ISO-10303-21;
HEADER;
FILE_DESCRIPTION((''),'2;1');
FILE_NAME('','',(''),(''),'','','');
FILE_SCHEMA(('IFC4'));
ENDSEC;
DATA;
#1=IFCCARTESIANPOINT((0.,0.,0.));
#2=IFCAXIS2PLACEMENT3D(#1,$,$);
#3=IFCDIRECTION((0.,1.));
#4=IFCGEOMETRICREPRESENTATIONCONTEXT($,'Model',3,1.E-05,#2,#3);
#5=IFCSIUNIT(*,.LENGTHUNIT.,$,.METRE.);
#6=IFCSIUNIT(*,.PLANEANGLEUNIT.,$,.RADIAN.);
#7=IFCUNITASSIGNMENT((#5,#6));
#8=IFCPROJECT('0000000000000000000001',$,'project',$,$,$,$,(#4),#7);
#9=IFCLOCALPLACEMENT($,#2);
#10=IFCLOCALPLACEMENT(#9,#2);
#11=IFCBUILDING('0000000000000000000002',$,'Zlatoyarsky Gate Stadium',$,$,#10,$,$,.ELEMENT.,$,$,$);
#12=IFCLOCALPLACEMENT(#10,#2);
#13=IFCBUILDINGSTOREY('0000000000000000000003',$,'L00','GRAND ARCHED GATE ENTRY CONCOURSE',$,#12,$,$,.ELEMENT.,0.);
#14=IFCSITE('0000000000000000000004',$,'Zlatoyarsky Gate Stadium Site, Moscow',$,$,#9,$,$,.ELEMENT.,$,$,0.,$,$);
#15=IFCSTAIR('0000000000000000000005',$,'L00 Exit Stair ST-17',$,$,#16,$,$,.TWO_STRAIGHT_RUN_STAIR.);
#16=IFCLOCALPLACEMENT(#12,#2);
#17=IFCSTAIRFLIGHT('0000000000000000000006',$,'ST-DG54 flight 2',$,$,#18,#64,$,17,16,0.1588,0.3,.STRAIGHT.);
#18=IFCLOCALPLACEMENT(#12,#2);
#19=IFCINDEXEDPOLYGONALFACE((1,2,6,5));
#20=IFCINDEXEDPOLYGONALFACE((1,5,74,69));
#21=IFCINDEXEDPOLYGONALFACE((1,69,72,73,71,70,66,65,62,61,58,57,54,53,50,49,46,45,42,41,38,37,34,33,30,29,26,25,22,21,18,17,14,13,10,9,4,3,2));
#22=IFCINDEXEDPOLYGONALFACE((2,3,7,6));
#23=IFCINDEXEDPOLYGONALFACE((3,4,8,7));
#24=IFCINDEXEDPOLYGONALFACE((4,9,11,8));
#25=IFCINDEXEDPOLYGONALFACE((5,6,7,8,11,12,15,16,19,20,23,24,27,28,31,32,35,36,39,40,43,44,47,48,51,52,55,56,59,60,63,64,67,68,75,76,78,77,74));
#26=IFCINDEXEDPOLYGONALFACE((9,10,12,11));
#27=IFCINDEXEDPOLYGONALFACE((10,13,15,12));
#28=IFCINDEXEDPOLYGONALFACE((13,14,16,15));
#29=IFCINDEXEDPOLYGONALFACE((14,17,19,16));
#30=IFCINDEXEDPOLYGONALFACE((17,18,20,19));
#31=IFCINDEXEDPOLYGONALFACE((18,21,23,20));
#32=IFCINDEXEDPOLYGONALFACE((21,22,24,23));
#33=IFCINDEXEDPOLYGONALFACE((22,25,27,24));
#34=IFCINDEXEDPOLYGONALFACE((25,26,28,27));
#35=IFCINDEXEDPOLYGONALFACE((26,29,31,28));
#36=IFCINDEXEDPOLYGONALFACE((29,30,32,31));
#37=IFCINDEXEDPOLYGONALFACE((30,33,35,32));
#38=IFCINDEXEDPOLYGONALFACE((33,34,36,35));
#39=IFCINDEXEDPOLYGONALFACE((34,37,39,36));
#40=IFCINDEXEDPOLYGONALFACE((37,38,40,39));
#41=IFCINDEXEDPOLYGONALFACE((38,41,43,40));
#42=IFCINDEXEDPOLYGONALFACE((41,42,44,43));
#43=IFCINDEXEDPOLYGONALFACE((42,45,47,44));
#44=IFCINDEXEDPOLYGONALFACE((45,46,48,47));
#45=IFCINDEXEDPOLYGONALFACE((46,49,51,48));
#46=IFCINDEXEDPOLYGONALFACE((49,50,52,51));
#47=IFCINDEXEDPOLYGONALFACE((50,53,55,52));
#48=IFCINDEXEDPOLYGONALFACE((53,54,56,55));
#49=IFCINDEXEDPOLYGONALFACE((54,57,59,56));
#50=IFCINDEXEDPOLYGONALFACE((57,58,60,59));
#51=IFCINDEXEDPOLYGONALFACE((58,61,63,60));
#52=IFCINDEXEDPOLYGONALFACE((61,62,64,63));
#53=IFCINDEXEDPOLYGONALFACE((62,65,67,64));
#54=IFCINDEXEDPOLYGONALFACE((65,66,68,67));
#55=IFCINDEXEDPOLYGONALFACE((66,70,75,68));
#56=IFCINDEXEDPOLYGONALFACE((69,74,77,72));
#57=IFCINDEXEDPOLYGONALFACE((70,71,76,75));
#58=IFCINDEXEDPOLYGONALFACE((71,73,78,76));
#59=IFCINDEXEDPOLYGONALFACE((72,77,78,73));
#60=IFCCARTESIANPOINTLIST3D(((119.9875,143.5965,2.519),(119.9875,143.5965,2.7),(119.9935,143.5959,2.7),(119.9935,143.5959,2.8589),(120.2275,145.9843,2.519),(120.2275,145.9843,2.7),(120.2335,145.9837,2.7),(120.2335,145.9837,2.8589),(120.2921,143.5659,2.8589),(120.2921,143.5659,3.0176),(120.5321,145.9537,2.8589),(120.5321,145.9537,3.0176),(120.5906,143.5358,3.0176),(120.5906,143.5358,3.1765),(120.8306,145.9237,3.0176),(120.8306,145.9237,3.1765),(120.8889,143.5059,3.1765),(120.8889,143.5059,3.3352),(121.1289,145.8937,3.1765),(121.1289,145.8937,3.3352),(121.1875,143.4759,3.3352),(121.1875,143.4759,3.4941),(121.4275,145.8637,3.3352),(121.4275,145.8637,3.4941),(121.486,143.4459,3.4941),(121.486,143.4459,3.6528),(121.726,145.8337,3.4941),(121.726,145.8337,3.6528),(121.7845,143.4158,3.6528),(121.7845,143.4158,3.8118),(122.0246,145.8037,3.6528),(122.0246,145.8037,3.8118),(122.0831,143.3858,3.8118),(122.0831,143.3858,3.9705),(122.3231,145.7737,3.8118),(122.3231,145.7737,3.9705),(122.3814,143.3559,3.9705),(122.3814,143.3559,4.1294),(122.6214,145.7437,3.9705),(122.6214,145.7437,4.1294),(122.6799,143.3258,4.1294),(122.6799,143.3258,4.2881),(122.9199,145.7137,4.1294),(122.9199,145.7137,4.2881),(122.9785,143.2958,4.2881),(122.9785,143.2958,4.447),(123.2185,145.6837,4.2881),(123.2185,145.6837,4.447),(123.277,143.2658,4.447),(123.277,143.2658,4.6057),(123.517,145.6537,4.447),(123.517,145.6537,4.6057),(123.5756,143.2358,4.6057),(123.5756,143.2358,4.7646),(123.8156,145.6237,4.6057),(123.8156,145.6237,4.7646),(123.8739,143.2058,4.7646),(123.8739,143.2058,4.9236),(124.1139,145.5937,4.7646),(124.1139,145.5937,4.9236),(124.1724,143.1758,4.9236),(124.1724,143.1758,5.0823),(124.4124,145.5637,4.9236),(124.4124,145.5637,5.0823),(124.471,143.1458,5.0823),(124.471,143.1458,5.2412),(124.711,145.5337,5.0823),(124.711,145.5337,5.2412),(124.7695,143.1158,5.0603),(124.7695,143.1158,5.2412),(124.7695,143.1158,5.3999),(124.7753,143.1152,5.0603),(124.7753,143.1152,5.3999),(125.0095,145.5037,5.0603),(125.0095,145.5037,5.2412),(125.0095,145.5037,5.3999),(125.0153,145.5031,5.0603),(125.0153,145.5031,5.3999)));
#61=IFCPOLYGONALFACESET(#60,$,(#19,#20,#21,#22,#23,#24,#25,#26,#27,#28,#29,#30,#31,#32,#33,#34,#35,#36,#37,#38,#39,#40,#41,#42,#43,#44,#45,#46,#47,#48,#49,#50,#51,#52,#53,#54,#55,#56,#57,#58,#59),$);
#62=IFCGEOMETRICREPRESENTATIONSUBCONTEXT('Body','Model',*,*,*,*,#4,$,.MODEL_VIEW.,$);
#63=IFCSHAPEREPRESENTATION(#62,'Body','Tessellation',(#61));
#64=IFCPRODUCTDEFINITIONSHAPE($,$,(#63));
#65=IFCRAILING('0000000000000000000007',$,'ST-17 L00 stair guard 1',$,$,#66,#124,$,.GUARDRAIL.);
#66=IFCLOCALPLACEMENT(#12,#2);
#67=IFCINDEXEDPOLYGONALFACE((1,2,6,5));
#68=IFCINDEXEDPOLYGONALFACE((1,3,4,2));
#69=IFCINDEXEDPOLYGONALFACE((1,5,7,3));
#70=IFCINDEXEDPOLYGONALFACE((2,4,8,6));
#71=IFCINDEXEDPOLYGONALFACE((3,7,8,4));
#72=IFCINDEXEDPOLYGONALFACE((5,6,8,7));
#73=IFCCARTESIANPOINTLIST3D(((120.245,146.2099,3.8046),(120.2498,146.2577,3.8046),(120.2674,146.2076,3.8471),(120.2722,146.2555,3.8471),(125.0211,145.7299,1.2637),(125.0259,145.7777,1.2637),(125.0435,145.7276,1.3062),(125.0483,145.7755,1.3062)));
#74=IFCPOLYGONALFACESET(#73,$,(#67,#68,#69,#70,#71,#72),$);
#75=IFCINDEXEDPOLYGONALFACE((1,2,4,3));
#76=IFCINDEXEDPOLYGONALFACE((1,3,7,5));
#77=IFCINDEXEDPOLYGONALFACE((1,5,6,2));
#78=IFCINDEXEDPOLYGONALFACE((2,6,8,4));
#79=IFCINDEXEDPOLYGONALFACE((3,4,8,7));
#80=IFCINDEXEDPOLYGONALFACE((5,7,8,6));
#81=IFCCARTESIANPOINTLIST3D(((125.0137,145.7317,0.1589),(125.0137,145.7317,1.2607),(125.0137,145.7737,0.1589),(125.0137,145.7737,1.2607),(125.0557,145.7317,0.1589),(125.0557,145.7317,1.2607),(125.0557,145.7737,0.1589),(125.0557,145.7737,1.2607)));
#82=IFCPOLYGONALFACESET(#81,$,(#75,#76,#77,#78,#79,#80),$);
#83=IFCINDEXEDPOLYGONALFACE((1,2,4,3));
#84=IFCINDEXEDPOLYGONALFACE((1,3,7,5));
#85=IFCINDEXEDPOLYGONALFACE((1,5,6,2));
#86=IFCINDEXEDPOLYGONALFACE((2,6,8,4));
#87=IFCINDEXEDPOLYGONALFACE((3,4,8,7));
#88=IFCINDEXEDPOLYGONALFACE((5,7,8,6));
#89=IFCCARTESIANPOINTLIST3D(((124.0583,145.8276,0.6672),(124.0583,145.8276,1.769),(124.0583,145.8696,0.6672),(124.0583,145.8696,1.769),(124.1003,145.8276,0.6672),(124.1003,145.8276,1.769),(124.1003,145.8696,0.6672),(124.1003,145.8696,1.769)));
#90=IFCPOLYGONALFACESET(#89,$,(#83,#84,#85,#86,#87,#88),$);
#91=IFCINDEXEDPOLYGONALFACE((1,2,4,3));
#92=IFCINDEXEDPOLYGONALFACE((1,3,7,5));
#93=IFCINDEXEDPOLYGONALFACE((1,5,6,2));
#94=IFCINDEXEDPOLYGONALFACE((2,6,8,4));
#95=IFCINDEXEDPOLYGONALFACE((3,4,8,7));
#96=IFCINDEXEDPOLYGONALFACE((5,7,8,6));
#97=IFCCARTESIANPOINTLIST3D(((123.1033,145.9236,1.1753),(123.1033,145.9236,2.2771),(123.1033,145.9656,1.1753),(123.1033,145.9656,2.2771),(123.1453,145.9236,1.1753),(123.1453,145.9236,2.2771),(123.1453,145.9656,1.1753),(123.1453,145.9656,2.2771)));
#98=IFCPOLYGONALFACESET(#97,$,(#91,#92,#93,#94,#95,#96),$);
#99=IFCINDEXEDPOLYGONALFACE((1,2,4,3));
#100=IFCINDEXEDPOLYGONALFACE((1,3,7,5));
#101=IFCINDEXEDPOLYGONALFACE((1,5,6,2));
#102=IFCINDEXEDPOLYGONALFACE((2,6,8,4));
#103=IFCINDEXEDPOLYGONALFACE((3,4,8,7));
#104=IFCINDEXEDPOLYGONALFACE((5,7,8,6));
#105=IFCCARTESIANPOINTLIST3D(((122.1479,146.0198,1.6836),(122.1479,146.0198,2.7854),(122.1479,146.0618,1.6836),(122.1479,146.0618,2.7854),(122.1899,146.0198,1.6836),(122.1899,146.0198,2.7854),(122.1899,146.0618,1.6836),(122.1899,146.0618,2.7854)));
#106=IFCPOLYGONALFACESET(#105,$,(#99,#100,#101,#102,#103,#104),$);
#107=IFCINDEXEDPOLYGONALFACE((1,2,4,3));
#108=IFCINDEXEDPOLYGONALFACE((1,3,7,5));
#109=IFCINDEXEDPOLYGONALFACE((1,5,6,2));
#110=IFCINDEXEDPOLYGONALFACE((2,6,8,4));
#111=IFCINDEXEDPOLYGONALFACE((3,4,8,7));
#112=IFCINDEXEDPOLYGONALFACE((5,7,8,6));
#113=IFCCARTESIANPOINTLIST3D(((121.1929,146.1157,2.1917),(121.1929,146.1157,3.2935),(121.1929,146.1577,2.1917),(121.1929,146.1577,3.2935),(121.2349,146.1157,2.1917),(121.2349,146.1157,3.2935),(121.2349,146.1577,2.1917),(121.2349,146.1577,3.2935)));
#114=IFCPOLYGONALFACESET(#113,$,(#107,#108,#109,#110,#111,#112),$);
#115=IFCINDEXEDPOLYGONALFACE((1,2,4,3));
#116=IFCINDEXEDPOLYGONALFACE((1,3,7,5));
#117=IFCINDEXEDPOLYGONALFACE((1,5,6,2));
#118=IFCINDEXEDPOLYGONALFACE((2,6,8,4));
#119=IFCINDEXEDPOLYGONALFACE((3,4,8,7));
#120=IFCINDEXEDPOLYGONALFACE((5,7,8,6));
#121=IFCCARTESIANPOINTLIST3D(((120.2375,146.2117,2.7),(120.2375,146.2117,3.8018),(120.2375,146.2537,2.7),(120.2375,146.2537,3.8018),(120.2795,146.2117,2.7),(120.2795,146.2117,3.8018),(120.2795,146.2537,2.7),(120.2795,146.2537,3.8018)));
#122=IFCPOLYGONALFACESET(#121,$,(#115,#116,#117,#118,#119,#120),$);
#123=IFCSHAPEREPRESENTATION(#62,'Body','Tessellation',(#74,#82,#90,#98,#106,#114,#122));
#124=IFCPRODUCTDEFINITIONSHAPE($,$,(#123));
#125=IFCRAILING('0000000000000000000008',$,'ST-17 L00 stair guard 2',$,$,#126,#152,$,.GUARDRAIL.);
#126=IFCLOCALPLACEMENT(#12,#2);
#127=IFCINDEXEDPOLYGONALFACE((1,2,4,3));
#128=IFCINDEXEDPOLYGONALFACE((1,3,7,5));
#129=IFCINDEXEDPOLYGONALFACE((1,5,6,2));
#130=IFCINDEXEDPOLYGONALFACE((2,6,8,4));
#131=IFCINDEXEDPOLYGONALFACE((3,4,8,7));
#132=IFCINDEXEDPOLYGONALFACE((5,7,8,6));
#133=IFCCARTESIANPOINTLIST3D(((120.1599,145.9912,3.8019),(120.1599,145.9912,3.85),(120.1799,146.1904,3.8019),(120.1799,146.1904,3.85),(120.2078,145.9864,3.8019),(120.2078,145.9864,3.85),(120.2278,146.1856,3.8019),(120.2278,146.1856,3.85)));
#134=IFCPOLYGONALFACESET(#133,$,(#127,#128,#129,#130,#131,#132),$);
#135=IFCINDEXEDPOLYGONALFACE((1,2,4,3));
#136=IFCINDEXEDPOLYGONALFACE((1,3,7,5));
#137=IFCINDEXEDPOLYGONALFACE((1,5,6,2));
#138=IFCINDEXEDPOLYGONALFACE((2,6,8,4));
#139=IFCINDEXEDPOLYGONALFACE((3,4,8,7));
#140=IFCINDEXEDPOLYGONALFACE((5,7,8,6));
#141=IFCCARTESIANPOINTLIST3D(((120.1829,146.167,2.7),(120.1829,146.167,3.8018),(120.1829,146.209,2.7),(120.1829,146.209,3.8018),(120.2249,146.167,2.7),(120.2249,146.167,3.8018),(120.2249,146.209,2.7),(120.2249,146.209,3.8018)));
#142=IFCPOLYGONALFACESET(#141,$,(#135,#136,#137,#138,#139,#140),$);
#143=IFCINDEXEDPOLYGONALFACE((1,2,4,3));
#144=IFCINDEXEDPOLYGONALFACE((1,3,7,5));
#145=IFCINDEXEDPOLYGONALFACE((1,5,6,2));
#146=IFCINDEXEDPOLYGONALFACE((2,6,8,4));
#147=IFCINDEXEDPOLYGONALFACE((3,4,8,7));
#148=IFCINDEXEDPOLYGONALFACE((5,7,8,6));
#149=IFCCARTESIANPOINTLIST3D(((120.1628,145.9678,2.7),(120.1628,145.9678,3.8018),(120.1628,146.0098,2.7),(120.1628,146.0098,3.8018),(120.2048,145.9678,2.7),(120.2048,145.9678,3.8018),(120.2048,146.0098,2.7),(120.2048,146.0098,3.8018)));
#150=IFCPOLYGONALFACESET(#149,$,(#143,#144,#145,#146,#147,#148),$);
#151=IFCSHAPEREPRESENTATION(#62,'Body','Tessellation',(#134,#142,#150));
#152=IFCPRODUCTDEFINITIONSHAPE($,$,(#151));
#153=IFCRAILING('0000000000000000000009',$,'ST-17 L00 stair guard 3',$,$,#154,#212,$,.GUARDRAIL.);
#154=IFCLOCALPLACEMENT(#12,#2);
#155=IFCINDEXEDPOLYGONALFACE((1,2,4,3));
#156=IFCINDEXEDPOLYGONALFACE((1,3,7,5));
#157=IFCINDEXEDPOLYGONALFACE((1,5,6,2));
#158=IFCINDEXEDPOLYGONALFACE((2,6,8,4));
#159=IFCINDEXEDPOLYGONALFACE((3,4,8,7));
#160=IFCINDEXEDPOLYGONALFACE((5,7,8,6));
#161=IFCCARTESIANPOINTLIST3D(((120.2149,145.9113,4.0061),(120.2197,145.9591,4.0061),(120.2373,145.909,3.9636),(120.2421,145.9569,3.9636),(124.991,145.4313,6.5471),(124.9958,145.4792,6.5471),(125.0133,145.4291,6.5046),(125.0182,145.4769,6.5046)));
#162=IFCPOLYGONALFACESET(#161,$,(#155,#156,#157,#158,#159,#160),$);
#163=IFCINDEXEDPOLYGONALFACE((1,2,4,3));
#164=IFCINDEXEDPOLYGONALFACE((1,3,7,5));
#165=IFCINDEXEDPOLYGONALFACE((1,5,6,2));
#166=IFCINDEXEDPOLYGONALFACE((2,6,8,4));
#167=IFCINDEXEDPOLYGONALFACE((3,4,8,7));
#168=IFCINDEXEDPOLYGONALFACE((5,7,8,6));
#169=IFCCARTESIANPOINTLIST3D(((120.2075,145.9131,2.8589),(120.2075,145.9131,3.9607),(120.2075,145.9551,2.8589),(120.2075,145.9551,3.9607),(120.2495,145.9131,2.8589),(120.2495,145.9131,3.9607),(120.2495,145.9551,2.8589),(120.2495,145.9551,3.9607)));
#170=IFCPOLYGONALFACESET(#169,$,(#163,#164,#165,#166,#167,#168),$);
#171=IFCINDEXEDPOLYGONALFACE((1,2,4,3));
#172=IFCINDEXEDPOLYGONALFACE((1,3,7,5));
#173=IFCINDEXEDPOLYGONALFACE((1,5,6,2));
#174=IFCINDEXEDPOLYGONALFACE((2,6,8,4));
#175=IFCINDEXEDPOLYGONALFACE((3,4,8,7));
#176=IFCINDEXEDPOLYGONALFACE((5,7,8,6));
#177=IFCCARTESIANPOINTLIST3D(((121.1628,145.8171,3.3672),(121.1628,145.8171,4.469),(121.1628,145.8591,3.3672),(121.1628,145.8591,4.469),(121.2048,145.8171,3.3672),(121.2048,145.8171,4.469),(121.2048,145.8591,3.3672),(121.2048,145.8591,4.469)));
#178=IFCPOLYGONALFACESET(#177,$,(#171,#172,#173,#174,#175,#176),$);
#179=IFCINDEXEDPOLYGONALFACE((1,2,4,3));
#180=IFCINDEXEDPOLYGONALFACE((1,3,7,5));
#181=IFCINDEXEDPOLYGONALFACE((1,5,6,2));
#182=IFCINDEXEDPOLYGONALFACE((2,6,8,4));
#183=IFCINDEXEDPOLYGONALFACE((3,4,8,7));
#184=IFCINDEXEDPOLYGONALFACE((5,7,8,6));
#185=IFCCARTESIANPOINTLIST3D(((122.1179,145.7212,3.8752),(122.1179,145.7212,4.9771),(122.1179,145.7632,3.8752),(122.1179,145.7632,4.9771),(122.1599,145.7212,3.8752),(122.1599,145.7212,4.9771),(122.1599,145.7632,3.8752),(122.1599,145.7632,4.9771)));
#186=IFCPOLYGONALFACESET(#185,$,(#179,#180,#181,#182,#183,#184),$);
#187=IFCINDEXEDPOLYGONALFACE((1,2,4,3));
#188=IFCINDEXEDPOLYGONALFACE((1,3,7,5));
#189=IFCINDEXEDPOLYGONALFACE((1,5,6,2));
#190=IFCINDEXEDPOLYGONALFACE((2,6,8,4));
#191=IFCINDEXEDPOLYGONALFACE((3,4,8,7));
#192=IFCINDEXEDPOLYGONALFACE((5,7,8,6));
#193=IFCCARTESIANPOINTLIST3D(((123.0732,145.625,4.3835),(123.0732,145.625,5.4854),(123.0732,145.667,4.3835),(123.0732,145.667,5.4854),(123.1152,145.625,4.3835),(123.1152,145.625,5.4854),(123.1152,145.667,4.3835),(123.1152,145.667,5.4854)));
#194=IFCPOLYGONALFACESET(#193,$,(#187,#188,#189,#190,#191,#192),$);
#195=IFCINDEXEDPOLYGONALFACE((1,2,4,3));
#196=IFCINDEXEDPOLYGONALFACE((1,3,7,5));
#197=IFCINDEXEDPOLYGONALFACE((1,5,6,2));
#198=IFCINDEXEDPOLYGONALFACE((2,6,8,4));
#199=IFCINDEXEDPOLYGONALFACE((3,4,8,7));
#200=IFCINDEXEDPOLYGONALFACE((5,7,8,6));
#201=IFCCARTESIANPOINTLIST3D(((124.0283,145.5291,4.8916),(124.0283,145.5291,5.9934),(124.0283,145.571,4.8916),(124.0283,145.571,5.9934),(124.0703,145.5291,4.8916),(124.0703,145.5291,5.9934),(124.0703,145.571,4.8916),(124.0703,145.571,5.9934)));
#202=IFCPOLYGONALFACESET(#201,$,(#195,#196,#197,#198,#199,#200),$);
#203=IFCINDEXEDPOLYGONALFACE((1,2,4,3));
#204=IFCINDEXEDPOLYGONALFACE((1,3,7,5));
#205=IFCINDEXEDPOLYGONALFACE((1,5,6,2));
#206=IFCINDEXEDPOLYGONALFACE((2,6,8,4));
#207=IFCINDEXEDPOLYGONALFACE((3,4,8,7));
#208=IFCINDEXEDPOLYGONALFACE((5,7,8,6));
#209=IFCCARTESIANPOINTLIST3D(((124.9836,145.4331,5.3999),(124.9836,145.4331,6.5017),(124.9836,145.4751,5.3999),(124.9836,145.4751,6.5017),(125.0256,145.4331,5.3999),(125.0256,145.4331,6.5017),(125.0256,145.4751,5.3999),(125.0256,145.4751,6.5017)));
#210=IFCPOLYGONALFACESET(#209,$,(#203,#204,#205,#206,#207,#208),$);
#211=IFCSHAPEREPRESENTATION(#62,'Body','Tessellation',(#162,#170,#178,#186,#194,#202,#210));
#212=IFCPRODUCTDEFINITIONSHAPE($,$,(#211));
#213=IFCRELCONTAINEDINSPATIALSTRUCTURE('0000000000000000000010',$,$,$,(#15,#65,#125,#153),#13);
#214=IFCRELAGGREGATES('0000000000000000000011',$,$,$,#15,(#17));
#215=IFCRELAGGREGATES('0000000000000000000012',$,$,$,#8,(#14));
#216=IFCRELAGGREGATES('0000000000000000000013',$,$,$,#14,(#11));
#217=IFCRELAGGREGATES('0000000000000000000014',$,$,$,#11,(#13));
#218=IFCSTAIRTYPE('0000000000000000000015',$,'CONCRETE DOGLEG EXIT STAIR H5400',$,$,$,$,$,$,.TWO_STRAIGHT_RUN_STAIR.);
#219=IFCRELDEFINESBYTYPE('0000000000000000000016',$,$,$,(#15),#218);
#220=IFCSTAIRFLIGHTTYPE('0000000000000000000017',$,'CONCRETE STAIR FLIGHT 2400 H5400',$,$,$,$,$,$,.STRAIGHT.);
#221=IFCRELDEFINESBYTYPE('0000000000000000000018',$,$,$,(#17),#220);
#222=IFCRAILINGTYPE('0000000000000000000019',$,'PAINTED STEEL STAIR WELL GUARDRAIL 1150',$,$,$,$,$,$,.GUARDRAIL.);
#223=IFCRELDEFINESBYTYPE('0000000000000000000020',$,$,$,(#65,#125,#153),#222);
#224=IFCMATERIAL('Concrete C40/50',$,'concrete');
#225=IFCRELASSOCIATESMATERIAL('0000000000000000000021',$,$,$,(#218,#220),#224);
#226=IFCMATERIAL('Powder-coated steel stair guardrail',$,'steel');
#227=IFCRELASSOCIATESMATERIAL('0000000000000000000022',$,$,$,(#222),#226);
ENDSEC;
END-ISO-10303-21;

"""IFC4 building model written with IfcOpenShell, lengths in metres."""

from ifc_helpers import new_model, si_unit, direction, frame, origin, origin_2d, place, context, subcontext, project, spatial, polyline, rectangle, outline, extrude, material, type_object, element, aggregate, save


model = new_model("IFC4")

# Units and contexts
model_context = context("Model", 3, precision=1e-05, world=origin(), true_north=direction((0.0, 1.0)))
body_context = subcontext(model_context, "Body", "Model", "MODEL_VIEW")
ifc_project = project(units=[si_unit("LENGTHUNIT", "METRE"), si_unit("PLANEANGLEUNIT", "RADIAN")], contexts=[model_context])

# Site, building, storey
site_placement = place(None, origin())
site = spatial("IfcSite", under=ifc_project, at=site_placement, Name="Zlatoyarsky Gate Stadium Site, Moscow", CompositionType="ELEMENT", RefElevation=0.0)
building_placement = place(site_placement, origin())
building = spatial("IfcBuilding", under=site, at=building_placement, Name="Zlatoyarsky Gate Stadium", CompositionType="ELEMENT")
storey_placement = place(building_placement, origin())
storey = spatial("IfcBuildingStorey", under=building, at=storey_placement, Name="L00", Description="GRAND ARCHED GATE ENTRY CONCOURSE", CompositionType="ELEMENT", Elevation=0.0)

# Shared definitions
ifc_material_1 = material(Name="Concrete C40/50", Category="concrete")

# Stair, stair flight
stair_type = type_object("IfcStairType", Name="CONCRETE DOGLEG EXIT STAIR H5400", PredefinedType="TWO_STRAIGHT_RUN_STAIR", material=ifc_material_1)
stair_placement = place(storey_placement, origin())
stair = element("IfcStair", 1, at=stair_placement, inside=storey, type_object=stair_type, Name="L00 Exit Stair ST-17", PredefinedType="TWO_STRAIGHT_RUN_STAIR")
stair_flight_type = type_object("IfcStairFlightType", Name="CONCRETE STAIR FLIGHT 2400 H5400", PredefinedType="STRAIGHT", material=ifc_material_1)
stair_flight_1_placement = place(storey_placement, frame((120.1135, 144.7898, 2.7), z_axis=(0.0, 0.0, 1.0), x_axis=(0.994987, -0.100006, 0.0)))
stair_flight_1 = element("IfcStairFlight", 2, at=stair_flight_1_placement, type_object=stair_flight_type, Name="ST-DG54 flight 2", NumberOfRisers=17, NumberOfTreads=16, PredefinedType="STRAIGHT", RiserHeight=0.1588, TreadLength=0.3, context=body_context, shape_type="SweptSolid", body=[
    extrude(outline(polyline([(-0.0061, -0.1809), (-0.0061, 0.0), (0.0, 0.0), (0.0, 0.1589), (0.3, 0.1589), (0.3, 0.3176), (0.6001, 0.3176), (0.6001, 0.4766), (0.8999, 0.4766), (0.8999, 0.6353), (1.2, 0.6353), (1.2, 0.7942), (1.5, 0.7942), (1.5, 0.9529), (1.8, 0.9529), (1.8, 1.1118), (2.1001, 1.1118), (2.1001, 1.2705), (2.3999, 1.2705), (2.3999, 1.4294), (2.7, 1.4294), (2.7, 1.5881), (3.0, 1.5881), (3.0, 1.7471), (3.3, 1.7471), (3.3, 1.9058), (3.6001, 1.9058), (3.6001, 2.0647), (3.8999, 2.0647), (3.8999, 2.2236), (4.2, 2.2236), (4.2, 2.3823), (4.5, 2.3823), (4.5, 2.5413), (4.8, 2.5413), (4.8, 2.7), (4.8059, 2.7), (4.8059, 2.3604), (4.8, 2.3604), (-0.0061, -0.1809)])), frame((0.0, 1.2, 0.0), z_axis=(0.0, -1.0, 0.0), x_axis=(1.0, 0.0, 0.0)), (0.0, 0.0, 1.0), 2.3999),
])
aggregate(stair, [stair_flight_1])

# Railings
ifc_material_2 = material(Name="Powder-coated steel stair guardrail", Category="steel")
railing_type_1 = type_object("IfcRailingType", Name="PAINTED STEEL STAIR WELL GUARDRAIL 1150", PredefinedType="GUARDRAIL", material=ifc_material_2)
railing_1_placement = place(storey_placement, frame((125.0347, 145.7527, 0.1589)))
element("IfcRailing", 3, at=railing_1_placement, inside=storey, type_object=railing_type_1, Name="ST-17 L00 stair guard 1", PredefinedType="GUARDRAIL", context=body_context, shape_type="SweptSolid", body=[
    extrude(rectangle(XDim=0.0481, YDim=0.0481, at=origin_2d()), frame((0.0, 0.0, 1.126), z_axis=(-0.879378, 0.088374, 0.467851), x_axis=(-0.099992, -0.994988, 0.0)), (0.0, 0.0, 1.0), 5.4312),
    extrude(rectangle(XDim=0.042, YDim=0.042, at=origin_2d()), origin(), (0.0, 0.0, 1.0), 1.1018),
    extrude(rectangle(XDim=0.042, YDim=0.042, at=origin_2d()), frame((-0.9553, 0.0959, 0.5083)), (0.0, 0.0, 1.0), 1.1018),
    extrude(rectangle(XDim=0.042, YDim=0.042, at=origin_2d()), frame((-1.9104, 0.1919, 1.0164)), (0.0, 0.0, 1.0), 1.1018),
    extrude(rectangle(XDim=0.042, YDim=0.042, at=origin_2d()), frame((-2.8657, 0.2881, 1.5247)), (0.0, 0.0, 1.0), 1.1018),
    extrude(rectangle(XDim=0.042, YDim=0.042, at=origin_2d()), frame((-3.8208, 0.384, 2.0327)), (0.0, 0.0, 1.0), 1.1018),
    extrude(rectangle(XDim=0.042, YDim=0.042, at=origin_2d()), frame((-4.7761, 0.48, 2.541)), (0.0, 0.0, 1.0), 1.1018),
])
railing_2_placement = place(storey_placement, frame((120.2039, 146.188, 2.7)))
element("IfcRailing", 4, at=railing_2_placement, inside=storey, type_object=railing_type_1, Name="ST-17 L00 stair guard 2", PredefinedType="GUARDRAIL", context=body_context, shape_type="SweptSolid", body=[
    extrude(rectangle(XDim=0.0481, YDim=0.0481, at=origin_2d()), frame((0.0, 0.0, 1.126), z_axis=(-0.099987, -0.994989, 0.0), x_axis=(0.994989, -0.099987, 0.0)), (0.0, 0.0, 1.0), 0.2002),
    extrude(rectangle(XDim=0.042, YDim=0.042, at=origin_2d()), origin(), (0.0, 0.0, 1.0), 1.1018),
    extrude(rectangle(XDim=0.042, YDim=0.042, at=origin_2d()), frame((-0.02, -0.1992, 0.0)), (0.0, 0.0, 1.0), 1.1018),
])
railing_3_placement = place(storey_placement, frame((120.2285, 145.9341, 2.8589)))
element("IfcRailing", 5, at=railing_3_placement, inside=storey, type_object=railing_type_1, Name="ST-17 L00 stair guard 3", PredefinedType="GUARDRAIL", context=body_context, shape_type="SweptSolid", body=[
    extrude(rectangle(XDim=0.0481, YDim=0.0481, at=origin_2d()), frame((0.0, 0.0, 1.126), z_axis=(0.879378, -0.088374, 0.467851), x_axis=(0.099992, 0.994988, 0.0)), (0.0, 0.0, 1.0), 5.4312),
    extrude(rectangle(XDim=0.042, YDim=0.042, at=origin_2d()), origin(), (0.0, 0.0, 1.0), 1.1018),
    extrude(rectangle(XDim=0.042, YDim=0.042, at=origin_2d()), frame((0.9553, -0.0959, 0.5083)), (0.0, 0.0, 1.0), 1.1018),
    extrude(rectangle(XDim=0.042, YDim=0.042, at=origin_2d()), frame((1.9104, -0.1919, 1.0164)), (0.0, 0.0, 1.0), 1.1018),
    extrude(rectangle(XDim=0.042, YDim=0.042, at=origin_2d()), frame((2.8657, -0.2881, 1.5247)), (0.0, 0.0, 1.0), 1.1018),
    extrude(rectangle(XDim=0.042, YDim=0.042, at=origin_2d()), frame((3.8208, -0.384, 2.0327)), (0.0, 0.0, 1.0), 1.1018),
    extrude(rectangle(XDim=0.042, YDim=0.042, at=origin_2d()), frame((4.7761, -0.48, 2.541)), (0.0, 0.0, 1.0), 1.1018),
])

save(model, "model.ifc")
